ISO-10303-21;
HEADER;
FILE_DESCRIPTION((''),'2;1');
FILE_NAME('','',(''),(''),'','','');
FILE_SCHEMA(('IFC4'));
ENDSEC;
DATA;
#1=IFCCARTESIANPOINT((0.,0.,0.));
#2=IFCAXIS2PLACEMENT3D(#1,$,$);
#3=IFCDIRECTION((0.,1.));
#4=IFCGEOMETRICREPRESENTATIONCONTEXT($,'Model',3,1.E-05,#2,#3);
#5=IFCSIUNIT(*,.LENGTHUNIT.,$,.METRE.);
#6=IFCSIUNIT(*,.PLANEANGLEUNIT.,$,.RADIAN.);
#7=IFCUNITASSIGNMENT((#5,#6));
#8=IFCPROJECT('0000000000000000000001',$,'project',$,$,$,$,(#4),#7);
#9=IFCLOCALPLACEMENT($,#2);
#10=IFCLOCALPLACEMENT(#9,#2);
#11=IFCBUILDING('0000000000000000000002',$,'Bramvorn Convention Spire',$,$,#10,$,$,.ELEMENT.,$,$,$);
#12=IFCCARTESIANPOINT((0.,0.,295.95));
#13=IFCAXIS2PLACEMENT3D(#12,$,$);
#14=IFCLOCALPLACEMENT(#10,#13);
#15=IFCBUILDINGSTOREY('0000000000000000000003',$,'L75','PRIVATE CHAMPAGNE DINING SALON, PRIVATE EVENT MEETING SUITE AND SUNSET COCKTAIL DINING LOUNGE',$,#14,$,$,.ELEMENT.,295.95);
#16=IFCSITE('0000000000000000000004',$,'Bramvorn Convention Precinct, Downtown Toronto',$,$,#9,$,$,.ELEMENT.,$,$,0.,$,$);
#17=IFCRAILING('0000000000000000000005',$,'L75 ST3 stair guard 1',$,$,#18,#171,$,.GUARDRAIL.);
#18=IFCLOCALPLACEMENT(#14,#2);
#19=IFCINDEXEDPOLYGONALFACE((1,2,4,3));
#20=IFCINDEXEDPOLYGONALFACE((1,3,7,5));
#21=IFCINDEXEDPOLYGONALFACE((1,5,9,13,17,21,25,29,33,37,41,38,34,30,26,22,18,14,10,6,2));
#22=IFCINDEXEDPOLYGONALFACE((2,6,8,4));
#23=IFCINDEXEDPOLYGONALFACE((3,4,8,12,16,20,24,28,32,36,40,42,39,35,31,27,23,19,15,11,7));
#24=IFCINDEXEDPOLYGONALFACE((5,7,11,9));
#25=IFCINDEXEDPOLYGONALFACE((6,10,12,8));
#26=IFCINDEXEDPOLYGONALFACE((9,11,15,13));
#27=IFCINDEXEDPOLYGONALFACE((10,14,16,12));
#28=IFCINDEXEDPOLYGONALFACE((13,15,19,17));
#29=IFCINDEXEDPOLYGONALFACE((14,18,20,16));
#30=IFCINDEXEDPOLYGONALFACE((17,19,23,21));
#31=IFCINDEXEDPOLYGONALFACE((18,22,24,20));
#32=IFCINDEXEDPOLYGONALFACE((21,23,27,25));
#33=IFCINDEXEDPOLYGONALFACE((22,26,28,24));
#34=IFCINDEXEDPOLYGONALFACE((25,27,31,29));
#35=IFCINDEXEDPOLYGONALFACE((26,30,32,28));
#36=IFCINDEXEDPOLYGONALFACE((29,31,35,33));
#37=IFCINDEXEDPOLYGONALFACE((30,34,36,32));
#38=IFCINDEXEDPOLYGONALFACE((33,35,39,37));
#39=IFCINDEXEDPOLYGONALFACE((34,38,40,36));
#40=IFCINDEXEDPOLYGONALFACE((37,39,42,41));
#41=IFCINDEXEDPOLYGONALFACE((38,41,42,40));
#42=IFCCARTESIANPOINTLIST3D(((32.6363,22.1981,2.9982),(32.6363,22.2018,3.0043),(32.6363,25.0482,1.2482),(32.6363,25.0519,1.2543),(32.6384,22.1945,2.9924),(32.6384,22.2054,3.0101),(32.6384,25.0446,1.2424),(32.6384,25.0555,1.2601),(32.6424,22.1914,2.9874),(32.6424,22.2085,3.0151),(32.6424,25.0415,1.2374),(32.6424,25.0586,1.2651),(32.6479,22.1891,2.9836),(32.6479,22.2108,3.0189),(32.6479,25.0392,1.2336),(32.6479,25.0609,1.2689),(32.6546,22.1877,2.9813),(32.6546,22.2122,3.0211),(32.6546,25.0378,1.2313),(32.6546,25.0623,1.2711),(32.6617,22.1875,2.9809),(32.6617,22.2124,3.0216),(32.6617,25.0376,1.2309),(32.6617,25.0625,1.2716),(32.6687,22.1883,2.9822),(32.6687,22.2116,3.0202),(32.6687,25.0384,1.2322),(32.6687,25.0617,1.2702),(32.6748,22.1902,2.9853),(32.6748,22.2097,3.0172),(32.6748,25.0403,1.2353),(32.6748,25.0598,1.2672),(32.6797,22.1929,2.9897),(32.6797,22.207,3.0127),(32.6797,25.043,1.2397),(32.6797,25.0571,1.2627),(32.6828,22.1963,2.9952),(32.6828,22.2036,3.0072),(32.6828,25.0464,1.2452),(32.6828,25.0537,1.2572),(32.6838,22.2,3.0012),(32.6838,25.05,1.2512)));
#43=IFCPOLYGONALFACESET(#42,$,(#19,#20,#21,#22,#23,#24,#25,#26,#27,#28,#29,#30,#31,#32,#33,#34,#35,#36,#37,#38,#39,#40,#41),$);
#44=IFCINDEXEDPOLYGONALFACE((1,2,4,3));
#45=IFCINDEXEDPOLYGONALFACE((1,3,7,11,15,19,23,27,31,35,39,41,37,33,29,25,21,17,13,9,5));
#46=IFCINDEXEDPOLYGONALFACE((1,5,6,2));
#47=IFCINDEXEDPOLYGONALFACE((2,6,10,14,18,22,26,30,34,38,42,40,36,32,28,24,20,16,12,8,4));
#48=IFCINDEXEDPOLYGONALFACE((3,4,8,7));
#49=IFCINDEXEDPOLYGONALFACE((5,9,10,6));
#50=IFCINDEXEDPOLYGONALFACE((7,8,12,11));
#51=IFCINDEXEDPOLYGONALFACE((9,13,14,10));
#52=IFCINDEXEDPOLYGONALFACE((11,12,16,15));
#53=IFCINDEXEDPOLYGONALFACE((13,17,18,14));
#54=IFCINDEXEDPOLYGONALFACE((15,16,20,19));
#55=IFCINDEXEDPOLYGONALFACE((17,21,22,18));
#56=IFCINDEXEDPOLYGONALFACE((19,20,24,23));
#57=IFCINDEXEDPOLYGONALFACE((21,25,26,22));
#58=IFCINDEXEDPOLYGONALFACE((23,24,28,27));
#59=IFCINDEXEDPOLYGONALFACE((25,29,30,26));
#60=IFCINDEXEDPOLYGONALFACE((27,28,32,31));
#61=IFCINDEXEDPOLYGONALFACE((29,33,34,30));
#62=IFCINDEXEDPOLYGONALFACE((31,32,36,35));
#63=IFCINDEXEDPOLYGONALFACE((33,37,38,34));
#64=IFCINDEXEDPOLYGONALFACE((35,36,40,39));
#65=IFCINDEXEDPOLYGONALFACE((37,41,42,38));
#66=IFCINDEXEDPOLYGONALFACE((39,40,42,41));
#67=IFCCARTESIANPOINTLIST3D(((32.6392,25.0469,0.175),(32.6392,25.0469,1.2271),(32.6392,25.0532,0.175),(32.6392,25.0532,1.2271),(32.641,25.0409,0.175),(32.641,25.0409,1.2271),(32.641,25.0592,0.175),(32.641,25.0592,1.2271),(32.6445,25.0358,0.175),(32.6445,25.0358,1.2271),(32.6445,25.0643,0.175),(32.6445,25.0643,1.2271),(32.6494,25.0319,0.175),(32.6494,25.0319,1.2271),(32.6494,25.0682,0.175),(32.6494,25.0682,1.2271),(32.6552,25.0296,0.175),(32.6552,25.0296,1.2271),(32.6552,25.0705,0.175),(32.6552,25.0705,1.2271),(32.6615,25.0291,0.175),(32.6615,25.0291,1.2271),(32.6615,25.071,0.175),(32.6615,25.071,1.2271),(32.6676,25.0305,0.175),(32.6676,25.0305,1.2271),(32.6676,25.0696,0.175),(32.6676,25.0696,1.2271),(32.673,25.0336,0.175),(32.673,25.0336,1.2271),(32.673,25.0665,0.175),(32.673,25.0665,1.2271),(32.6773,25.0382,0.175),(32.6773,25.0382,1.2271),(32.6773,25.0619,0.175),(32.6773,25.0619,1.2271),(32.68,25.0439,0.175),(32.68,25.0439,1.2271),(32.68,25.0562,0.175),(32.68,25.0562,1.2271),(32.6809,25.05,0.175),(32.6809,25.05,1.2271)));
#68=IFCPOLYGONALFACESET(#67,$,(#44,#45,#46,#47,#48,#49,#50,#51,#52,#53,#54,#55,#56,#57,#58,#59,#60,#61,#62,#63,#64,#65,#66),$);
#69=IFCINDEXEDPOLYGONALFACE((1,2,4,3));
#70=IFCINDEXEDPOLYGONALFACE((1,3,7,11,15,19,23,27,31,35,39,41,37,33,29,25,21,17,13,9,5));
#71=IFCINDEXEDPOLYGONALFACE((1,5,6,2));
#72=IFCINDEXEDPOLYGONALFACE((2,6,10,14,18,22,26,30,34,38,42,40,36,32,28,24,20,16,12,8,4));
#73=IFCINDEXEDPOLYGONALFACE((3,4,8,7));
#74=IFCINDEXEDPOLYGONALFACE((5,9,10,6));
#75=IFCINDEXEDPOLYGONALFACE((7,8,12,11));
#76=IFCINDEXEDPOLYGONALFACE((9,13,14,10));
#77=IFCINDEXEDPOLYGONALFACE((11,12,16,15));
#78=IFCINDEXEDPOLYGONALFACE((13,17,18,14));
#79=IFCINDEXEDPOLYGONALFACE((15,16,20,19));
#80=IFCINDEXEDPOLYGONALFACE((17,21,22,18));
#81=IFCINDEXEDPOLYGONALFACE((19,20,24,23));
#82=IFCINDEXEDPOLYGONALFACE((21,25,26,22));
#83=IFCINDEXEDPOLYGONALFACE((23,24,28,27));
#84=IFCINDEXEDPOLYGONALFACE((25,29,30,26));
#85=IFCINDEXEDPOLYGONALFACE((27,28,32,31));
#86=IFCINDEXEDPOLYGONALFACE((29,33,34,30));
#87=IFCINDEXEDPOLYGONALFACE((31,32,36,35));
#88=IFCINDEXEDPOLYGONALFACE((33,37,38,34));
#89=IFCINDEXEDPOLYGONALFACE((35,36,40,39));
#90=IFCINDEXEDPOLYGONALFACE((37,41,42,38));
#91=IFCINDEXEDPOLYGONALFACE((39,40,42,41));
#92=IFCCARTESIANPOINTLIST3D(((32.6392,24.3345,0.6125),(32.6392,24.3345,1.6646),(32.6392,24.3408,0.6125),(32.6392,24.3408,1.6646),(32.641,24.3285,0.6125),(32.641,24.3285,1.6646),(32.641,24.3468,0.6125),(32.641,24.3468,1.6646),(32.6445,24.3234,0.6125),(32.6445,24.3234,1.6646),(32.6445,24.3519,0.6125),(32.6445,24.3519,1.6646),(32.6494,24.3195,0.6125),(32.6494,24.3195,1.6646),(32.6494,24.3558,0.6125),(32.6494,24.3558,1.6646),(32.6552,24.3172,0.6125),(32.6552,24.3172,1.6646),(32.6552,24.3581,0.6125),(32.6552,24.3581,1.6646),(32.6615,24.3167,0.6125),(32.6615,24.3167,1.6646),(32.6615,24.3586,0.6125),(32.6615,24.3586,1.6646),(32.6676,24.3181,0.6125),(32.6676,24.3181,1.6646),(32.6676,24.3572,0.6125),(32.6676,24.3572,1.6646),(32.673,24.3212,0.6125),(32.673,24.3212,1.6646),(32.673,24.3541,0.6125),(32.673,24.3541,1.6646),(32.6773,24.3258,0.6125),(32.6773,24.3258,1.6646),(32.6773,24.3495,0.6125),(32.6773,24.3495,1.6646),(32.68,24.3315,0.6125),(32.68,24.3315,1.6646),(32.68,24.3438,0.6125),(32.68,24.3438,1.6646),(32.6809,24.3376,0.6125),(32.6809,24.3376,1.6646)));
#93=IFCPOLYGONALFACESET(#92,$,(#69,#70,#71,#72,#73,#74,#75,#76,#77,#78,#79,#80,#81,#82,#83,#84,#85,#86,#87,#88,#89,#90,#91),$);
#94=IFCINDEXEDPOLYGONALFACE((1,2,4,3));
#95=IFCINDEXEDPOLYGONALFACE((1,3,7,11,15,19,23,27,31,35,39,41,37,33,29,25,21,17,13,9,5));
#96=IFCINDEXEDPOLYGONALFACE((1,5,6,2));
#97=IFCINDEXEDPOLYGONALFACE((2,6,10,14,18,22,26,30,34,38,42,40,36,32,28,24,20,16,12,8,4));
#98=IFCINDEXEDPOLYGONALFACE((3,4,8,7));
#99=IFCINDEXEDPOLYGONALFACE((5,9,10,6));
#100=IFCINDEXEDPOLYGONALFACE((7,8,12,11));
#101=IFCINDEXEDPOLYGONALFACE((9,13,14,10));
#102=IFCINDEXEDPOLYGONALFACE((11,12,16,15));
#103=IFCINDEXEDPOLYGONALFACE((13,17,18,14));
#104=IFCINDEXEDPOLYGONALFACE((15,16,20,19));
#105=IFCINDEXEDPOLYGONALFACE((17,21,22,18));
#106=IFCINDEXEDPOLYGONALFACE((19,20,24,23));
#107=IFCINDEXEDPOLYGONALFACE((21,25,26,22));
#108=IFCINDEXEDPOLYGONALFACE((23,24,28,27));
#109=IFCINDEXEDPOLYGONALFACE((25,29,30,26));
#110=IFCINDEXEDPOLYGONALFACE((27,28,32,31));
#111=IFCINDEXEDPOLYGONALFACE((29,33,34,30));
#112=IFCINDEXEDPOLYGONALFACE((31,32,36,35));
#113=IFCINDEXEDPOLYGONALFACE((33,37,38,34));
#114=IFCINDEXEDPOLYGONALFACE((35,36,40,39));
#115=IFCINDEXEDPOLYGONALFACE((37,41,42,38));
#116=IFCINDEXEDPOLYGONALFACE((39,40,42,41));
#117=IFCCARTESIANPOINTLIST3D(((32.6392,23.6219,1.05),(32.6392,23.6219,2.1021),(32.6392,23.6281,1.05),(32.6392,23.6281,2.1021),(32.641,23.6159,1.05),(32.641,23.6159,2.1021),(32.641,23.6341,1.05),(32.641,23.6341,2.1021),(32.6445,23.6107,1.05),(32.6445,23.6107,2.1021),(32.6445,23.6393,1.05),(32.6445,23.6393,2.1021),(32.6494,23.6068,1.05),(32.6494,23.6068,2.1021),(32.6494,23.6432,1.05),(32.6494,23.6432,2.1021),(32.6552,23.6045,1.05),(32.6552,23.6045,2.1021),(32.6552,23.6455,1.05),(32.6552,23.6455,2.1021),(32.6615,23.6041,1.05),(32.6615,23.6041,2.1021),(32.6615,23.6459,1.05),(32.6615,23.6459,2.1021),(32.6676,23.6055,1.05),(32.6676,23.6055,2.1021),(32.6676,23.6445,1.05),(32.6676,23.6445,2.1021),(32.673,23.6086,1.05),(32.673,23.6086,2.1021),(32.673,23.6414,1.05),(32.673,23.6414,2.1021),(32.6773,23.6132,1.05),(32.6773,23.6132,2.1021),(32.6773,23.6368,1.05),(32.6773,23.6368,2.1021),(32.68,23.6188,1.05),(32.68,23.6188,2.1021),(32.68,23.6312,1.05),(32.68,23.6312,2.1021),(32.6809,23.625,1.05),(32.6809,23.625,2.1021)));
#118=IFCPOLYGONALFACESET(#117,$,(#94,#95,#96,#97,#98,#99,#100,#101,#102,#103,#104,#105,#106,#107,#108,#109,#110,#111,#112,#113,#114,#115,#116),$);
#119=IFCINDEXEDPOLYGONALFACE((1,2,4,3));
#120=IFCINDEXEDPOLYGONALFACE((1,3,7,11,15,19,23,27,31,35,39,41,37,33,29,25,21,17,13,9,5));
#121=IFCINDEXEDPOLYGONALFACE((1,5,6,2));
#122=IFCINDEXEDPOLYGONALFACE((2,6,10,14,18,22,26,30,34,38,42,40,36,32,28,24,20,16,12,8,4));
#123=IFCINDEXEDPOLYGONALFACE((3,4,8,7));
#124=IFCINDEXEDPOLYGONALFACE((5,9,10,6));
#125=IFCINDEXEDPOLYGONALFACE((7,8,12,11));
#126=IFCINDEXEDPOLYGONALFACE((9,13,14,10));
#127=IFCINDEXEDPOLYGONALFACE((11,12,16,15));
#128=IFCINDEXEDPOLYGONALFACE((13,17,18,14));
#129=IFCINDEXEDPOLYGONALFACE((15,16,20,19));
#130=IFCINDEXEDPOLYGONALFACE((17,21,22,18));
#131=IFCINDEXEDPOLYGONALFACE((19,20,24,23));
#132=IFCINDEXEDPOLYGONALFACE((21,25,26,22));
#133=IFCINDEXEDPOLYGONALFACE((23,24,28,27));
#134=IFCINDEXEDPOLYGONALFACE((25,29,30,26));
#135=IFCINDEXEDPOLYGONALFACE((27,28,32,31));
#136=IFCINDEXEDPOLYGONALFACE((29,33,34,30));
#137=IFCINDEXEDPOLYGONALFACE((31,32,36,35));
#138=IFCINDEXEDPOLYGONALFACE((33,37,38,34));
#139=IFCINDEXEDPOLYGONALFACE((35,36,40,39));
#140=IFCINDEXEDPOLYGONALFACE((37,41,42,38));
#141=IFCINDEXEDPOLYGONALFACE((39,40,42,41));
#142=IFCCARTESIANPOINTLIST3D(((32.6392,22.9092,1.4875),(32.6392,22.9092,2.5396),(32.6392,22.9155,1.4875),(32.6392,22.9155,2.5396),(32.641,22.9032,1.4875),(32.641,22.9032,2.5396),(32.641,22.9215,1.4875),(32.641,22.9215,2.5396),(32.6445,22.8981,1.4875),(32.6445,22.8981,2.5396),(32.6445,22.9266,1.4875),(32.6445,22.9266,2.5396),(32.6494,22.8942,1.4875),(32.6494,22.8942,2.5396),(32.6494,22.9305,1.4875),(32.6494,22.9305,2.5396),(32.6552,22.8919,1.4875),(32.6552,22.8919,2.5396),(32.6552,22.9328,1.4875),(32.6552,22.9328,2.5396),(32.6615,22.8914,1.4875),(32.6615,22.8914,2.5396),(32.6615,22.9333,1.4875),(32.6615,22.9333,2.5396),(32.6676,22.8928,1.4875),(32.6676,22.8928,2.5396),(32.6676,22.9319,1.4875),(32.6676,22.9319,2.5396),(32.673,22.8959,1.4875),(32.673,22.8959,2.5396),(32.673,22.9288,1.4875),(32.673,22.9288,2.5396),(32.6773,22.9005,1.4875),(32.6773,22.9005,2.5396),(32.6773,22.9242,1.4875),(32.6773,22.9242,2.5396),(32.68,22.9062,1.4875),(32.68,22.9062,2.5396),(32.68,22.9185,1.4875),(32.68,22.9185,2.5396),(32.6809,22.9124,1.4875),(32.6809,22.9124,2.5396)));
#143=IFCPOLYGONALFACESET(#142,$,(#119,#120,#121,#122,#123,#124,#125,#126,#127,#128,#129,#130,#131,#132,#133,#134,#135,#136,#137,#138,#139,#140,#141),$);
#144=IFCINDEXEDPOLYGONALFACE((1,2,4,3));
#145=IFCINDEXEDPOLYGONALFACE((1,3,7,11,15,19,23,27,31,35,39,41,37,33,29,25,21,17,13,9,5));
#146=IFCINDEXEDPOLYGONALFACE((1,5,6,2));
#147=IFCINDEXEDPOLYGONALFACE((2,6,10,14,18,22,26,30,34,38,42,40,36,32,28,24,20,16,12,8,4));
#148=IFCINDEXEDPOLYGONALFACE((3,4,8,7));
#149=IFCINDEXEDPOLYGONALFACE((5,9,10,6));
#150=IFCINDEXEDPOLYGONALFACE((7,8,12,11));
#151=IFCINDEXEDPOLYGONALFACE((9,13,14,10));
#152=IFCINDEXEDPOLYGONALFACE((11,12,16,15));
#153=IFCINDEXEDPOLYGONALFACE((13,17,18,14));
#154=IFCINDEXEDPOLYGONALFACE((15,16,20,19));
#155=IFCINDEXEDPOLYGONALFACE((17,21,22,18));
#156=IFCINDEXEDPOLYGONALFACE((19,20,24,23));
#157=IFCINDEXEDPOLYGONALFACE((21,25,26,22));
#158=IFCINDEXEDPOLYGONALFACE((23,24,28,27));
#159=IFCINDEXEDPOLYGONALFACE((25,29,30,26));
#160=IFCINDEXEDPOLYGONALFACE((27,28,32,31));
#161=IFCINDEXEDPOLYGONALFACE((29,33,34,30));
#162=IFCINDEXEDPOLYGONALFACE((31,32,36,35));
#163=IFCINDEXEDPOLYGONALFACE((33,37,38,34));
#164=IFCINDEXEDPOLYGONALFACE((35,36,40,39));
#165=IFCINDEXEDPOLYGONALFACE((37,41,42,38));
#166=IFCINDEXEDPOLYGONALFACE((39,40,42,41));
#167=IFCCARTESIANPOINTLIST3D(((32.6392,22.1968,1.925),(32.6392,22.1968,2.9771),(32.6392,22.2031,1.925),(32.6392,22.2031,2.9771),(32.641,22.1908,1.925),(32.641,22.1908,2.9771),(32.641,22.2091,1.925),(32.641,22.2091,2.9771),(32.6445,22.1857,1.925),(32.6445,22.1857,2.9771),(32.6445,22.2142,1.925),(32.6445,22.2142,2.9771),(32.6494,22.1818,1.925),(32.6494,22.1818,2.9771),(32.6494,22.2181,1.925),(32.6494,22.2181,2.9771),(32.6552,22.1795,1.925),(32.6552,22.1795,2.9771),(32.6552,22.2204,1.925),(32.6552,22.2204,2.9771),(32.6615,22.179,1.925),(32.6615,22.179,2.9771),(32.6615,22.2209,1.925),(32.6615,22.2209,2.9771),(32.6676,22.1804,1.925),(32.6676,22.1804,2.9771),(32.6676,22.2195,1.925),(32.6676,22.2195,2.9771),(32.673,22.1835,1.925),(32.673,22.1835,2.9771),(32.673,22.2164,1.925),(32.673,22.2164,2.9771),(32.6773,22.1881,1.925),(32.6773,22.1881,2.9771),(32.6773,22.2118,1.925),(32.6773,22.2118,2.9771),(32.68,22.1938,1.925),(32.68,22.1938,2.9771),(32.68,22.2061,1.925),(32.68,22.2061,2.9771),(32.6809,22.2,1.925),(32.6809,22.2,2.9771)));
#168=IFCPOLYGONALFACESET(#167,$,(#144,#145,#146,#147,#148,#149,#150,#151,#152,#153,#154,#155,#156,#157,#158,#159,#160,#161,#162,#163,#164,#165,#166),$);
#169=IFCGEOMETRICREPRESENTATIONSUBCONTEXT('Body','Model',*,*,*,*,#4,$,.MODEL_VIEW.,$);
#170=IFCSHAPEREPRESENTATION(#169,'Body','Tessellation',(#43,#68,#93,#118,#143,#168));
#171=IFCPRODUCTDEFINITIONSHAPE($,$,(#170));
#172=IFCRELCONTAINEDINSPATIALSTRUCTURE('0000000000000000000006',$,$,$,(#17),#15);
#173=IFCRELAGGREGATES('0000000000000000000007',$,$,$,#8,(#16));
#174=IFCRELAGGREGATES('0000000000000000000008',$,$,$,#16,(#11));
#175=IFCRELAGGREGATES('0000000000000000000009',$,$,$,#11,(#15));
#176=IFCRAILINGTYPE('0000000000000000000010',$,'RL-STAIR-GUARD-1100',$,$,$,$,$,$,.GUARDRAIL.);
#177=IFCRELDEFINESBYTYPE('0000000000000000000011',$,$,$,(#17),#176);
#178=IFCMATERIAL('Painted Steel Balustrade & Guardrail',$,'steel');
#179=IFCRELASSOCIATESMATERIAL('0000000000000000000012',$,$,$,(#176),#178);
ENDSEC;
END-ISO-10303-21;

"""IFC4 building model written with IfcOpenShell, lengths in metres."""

from ifc_helpers import new_model, si_unit, direction, frame, origin, origin_2d, place, context, subcontext, project, spatial, circle, extrude, material, type_object, element, save


model = new_model("IFC4")

# Units and contexts
model_context = context("Model", 3, precision=1e-05, world=origin(), true_north=direction((0.0, 1.0)))
body_context = subcontext(model_context, "Body", "Model", "MODEL_VIEW")
ifc_project = project(units=[si_unit("LENGTHUNIT", "METRE"), si_unit("PLANEANGLEUNIT", "RADIAN")], contexts=[model_context])

# Site, building, storey
site_placement = place(None, origin())
site = spatial("IfcSite", under=ifc_project, at=site_placement, Name="Bramvorn Convention Precinct, Downtown Toronto", CompositionType="ELEMENT", RefElevation=0.0)
building_placement = place(site_placement, origin())
building = spatial("IfcBuilding", under=site, at=building_placement, Name="Bramvorn Convention Spire", CompositionType="ELEMENT")
storey_placement = place(building_placement, frame((0.0, 0.0, 295.95)))
storey = spatial("IfcBuildingStorey", under=building, at=storey_placement, Name="L75", Description="PRIVATE CHAMPAGNE DINING SALON, PRIVATE EVENT MEETING SUITE AND SUNSET COCKTAIL DINING LOUNGE", CompositionType="ELEMENT", Elevation=295.95)

# Railing
ifc_material_1 = material(Name="Painted Steel Balustrade & Guardrail", Category="steel")
railing_type = type_object("IfcRailingType", Name="RL-STAIR-GUARD-1100", PredefinedType="GUARDRAIL", material=ifc_material_1)
railing_1_placement = place(storey_placement, frame((32.6599, 25.05, 0.175)))
element("IfcRailing", 1, at=railing_1_placement, inside=storey, type_object=railing_type, Name="L75 ST3 stair guard 1", PredefinedType="GUARDRAIL", context=body_context, shape_type="SweptSolid", body=[
    extrude(circle(Radius=0.0239, at=origin_2d()), frame((0.0, 0.0, 1.0762), z_axis=(0.0, -0.852179, 0.52325), x_axis=(1.0, 0.0, 0.0)), (0.0, 0.0, 1.0), 3.3445),
    extrude(circle(Radius=0.021, at=origin_2d()), origin(), (0.0, 0.0, 1.0), 1.052),
    extrude(circle(Radius=0.021, at=origin_2d()), frame((0.0, -0.7124, 0.4375)), (0.0, 0.0, 1.0), 1.052),
    extrude(circle(Radius=0.021, at=origin_2d()), frame((0.0, -1.425, 0.875)), (0.0, 0.0, 1.0), 1.052),
    extrude(circle(Radius=0.021, at=origin_2d()), frame((0.0, -2.1377, 1.3125)), (0.0, 0.0, 1.0), 1.052),
    extrude(circle(Radius=0.021, at=origin_2d()), frame((0.0, -2.8501, 1.75)), (0.0, 0.0, 1.0), 1.052),
])

save(model, "model.ifc")
